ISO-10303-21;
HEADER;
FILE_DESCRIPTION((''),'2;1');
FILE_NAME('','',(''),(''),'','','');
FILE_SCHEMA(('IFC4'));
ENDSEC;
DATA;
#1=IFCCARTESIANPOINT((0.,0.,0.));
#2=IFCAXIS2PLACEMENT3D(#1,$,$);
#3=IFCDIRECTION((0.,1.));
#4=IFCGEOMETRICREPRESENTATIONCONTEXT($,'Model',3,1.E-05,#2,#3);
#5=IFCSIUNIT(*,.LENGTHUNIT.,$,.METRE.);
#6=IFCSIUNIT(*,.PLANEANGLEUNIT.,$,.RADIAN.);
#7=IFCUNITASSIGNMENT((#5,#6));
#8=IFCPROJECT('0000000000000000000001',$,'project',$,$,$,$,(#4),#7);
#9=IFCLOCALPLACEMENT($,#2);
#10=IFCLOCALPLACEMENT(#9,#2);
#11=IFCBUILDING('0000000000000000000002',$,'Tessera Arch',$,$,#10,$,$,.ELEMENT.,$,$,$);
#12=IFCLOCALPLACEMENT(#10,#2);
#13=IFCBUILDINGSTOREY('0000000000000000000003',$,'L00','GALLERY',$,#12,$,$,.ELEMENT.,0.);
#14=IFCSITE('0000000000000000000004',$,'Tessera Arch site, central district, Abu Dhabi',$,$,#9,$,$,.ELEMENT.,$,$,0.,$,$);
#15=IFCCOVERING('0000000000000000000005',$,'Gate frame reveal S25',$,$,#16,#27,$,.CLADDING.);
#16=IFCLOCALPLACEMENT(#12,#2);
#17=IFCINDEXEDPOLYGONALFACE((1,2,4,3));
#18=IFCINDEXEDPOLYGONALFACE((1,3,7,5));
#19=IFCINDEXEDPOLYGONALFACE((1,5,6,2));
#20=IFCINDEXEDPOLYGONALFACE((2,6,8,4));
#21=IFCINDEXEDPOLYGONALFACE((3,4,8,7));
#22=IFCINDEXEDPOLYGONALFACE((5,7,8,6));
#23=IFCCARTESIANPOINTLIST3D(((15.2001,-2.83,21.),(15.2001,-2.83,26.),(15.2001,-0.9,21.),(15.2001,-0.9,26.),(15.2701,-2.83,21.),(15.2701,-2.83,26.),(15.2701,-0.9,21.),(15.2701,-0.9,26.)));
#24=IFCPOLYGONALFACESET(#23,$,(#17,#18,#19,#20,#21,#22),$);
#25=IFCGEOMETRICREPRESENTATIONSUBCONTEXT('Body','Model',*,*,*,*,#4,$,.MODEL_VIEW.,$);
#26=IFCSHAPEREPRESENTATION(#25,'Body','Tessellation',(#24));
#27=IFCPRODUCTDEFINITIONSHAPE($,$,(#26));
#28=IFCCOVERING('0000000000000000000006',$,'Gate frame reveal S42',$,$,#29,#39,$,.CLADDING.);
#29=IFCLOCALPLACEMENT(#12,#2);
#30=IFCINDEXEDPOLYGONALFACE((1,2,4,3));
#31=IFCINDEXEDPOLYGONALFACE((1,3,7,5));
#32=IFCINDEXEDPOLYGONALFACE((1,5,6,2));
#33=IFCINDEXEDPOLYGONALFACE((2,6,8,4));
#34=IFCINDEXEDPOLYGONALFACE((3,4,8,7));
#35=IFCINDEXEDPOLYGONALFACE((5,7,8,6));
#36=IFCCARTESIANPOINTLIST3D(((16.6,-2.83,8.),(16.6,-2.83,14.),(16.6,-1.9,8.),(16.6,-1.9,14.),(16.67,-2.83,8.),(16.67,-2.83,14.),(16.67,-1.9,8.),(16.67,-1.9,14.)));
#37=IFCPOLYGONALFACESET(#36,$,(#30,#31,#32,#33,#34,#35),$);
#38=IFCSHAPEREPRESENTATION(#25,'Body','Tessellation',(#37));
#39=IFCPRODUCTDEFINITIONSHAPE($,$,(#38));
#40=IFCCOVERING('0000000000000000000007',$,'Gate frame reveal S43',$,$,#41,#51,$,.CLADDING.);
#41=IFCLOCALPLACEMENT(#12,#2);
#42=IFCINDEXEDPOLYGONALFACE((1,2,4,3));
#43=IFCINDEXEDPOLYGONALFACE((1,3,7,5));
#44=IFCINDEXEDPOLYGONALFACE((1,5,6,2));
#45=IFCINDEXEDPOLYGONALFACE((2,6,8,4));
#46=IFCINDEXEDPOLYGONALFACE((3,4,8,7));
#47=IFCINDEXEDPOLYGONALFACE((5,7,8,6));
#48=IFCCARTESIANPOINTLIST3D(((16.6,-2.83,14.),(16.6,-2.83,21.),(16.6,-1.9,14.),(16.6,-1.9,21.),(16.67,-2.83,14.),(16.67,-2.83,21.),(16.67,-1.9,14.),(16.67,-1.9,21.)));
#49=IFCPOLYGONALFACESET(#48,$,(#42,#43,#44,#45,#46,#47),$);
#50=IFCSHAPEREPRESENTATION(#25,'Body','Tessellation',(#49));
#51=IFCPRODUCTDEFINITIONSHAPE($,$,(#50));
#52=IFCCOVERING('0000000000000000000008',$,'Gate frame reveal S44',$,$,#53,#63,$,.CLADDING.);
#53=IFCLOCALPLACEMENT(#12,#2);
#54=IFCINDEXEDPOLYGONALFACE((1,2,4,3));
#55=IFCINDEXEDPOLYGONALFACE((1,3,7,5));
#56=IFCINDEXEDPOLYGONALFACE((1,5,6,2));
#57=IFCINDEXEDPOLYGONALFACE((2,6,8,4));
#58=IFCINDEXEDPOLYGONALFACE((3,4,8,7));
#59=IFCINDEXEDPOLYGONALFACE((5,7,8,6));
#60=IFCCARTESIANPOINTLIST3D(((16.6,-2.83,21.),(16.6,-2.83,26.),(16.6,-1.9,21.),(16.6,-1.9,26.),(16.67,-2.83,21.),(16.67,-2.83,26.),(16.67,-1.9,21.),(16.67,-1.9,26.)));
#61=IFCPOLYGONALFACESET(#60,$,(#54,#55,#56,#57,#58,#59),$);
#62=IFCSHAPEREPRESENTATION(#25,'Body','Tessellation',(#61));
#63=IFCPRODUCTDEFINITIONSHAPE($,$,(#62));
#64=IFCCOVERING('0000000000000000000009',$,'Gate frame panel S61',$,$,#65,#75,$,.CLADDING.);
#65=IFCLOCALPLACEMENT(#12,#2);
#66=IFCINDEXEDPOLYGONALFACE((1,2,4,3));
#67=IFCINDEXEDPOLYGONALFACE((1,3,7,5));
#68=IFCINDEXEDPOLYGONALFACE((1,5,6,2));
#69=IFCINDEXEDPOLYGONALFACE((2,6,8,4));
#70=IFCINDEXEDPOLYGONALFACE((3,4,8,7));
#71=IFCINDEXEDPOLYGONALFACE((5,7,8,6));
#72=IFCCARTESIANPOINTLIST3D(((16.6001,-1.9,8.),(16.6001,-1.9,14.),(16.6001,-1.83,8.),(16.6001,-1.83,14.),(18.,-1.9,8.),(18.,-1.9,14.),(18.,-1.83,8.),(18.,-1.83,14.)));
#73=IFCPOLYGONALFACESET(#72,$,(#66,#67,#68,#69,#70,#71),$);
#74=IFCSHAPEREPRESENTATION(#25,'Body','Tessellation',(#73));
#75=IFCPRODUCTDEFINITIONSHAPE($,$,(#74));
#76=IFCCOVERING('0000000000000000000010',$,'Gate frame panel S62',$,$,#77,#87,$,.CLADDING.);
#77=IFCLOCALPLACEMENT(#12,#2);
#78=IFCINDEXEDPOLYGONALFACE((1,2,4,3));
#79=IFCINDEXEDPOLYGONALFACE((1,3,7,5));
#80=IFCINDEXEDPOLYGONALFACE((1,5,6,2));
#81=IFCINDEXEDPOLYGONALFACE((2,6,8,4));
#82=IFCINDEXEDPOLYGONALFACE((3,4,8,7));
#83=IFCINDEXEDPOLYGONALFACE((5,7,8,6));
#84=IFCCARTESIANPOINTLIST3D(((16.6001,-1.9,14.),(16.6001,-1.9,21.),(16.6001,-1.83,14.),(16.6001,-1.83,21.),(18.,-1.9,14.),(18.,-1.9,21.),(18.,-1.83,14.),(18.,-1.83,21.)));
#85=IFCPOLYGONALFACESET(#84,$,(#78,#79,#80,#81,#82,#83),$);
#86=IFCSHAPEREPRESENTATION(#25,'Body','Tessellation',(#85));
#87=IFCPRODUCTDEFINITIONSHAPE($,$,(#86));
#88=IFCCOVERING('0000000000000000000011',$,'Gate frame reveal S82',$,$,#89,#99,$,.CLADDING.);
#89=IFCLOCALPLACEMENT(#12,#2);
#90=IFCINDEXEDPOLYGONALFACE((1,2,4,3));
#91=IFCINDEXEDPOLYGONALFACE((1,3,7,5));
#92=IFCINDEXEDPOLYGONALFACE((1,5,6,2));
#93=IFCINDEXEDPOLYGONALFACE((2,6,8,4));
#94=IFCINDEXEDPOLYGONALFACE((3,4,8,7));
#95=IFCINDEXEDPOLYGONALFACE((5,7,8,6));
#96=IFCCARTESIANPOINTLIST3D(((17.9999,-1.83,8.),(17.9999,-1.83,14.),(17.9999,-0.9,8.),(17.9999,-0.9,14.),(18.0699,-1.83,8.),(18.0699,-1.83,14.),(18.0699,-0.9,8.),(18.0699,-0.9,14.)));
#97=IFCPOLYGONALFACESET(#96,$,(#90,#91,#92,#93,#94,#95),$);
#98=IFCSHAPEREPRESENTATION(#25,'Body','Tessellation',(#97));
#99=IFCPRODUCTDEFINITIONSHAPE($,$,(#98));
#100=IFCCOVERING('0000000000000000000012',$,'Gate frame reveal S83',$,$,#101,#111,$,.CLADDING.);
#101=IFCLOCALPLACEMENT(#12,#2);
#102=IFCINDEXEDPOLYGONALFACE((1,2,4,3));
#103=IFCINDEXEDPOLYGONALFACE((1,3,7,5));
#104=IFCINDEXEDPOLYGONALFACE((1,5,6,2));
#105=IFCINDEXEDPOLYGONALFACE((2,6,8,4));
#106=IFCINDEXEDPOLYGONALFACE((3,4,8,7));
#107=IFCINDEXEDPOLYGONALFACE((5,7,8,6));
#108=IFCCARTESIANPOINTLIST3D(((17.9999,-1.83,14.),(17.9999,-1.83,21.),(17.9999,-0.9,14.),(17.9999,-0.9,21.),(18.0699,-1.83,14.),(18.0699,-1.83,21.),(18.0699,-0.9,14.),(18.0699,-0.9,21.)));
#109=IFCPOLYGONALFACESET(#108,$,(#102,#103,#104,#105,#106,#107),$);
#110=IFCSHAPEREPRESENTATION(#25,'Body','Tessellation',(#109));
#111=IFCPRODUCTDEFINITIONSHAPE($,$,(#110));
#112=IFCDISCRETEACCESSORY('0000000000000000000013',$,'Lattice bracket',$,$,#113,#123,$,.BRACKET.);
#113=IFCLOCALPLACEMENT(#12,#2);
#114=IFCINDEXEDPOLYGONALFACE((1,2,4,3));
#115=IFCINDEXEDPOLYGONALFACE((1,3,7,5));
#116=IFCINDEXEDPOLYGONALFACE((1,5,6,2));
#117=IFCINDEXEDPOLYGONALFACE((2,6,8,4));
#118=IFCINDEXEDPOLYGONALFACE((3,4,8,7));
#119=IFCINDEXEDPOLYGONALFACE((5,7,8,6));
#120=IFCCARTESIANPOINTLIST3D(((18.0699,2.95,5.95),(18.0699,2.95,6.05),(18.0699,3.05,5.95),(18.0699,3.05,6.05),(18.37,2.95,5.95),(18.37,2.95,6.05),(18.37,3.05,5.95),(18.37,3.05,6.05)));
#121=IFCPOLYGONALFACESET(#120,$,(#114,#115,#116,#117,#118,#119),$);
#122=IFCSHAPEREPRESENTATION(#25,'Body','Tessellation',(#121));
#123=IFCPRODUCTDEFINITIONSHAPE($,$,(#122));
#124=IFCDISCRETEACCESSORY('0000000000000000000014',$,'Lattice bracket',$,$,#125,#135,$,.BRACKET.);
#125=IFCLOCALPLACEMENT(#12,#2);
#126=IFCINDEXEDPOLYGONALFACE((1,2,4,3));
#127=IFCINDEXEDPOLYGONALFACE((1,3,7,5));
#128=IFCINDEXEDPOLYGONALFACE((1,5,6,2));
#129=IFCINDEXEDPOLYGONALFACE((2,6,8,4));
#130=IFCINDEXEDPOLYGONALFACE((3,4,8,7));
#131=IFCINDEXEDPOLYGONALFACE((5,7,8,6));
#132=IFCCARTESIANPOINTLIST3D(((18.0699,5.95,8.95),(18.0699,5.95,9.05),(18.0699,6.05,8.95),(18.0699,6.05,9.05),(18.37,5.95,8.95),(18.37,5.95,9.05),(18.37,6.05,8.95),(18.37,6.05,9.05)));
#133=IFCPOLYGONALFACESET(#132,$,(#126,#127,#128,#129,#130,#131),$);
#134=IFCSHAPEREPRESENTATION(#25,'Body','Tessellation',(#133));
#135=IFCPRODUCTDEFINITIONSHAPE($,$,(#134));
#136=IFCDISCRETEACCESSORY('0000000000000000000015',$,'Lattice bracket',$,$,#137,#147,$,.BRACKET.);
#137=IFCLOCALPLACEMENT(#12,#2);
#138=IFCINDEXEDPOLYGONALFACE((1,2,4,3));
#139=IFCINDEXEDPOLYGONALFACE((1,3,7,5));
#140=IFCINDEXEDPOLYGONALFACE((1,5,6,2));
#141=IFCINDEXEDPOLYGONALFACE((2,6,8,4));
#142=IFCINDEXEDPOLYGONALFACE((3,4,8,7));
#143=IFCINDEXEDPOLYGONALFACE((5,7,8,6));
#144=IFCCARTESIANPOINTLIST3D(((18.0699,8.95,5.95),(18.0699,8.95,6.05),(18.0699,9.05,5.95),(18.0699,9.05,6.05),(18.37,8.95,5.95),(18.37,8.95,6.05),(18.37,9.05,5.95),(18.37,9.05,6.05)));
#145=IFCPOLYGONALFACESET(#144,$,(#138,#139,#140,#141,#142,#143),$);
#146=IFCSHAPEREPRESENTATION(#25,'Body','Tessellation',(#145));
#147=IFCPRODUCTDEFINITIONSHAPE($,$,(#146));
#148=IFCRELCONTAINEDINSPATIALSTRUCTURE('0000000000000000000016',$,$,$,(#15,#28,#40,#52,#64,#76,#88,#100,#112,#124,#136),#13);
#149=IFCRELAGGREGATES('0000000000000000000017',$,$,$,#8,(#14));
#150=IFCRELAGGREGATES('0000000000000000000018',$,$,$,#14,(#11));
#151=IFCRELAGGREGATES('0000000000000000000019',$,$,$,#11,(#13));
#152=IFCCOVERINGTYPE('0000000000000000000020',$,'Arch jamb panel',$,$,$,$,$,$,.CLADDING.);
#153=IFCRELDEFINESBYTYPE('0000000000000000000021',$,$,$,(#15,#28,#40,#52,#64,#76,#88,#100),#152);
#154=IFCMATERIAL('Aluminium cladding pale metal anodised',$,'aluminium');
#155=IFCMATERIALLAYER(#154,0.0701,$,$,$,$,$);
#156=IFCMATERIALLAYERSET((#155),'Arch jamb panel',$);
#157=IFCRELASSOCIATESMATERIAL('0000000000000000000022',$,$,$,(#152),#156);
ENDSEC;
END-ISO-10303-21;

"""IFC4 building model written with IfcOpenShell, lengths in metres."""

from ifc_helpers import new_model, si_unit, direction, frame, origin, origin_2d, place, context, subcontext, project, spatial, rectangle, extrude, material, layer, layer_set, type_object, element, save


model = new_model("IFC4")

# Units and contexts
model_context = context("Model", 3, precision=1e-05, world=origin(), true_north=direction((0.0, 1.0)))
body_context = subcontext(model_context, "Body", "Model", "MODEL_VIEW")
ifc_project = project(units=[si_unit("LENGTHUNIT", "METRE"), si_unit("PLANEANGLEUNIT", "RADIAN")], contexts=[model_context])

# Site, building, storey
site_placement = place(None, origin())
site = spatial("IfcSite", under=ifc_project, at=site_placement, Name="Tessera Arch site, central district, Abu Dhabi", CompositionType="ELEMENT", RefElevation=0.0)
building_placement = place(site_placement, origin())
building = spatial("IfcBuilding", under=site, at=building_placement, Name="Tessera Arch", CompositionType="ELEMENT")
storey_placement = place(building_placement, origin())
storey = spatial("IfcBuildingStorey", under=building, at=storey_placement, Name="L00", Description="GALLERY", CompositionType="ELEMENT", Elevation=0.0)

# Coverings
ifc_material_1 = material(Name="Aluminium cladding pale metal anodised", Category="aluminium")
ifc_layer_1 = layer(ifc_material_1, 0.0701)
ifc_layer_set_1 = layer_set([ifc_layer_1], Name="Arch jamb panel")
covering_type = type_object("IfcCoveringType", Name="Arch jamb panel", PredefinedType="CLADDING", material=ifc_layer_set_1)
covering_1_placement = place(storey_placement, frame((15.2351, -1.865, 21.0), z_axis=(0.0, 0.0, 1.0), x_axis=(1.0, 0.0, 0.0)))
element("IfcCovering", 1, at=covering_1_placement, inside=storey, type_object=covering_type, Name="Gate frame reveal S25", PredefinedType="CLADDING", context=body_context, shape_type="SweptSolid", body=[
    extrude(rectangle(XDim=0.0701, YDim=1.9299, at=origin_2d()), origin(), (0.0, 0.0, 1.0), 5.0),
])
covering_2_placement = place(storey_placement, frame((16.635, -2.365, 8.0), z_axis=(0.0, 0.0, 1.0), x_axis=(1.0, 0.0, 0.0)))
element("IfcCovering", 2, at=covering_2_placement, inside=storey, type_object=covering_type, Name="Gate frame reveal S42", PredefinedType="CLADDING", context=body_context, shape_type="SweptSolid", body=[
    extrude(rectangle(XDim=0.0701, YDim=0.9299, at=origin_2d()), origin(), (0.0, 0.0, 1.0), 6.0),
])
covering_3_placement = place(storey_placement, frame((16.635, -2.365, 14.0), z_axis=(0.0, 0.0, 1.0), x_axis=(1.0, 0.0, 0.0)))
element("IfcCovering", 3, at=covering_3_placement, inside=storey, type_object=covering_type, Name="Gate frame reveal S43", PredefinedType="CLADDING", context=body_context, shape_type="SweptSolid", body=[
    extrude(rectangle(XDim=0.0701, YDim=0.9299, at=origin_2d()), origin(), (0.0, 0.0, 1.0), 7.0),
])
covering_4_placement = place(storey_placement, frame((16.635, -2.365, 21.0), z_axis=(0.0, 0.0, 1.0), x_axis=(1.0, 0.0, 0.0)))
element("IfcCovering", 4, at=covering_4_placement, inside=storey, type_object=covering_type, Name="Gate frame reveal S44", PredefinedType="CLADDING", context=body_context, shape_type="SweptSolid", body=[
    extrude(rectangle(XDim=0.0701, YDim=0.9299, at=origin_2d()), origin(), (0.0, 0.0, 1.0), 5.0),
])
covering_5_placement = place(storey_placement, frame((17.3, -1.865, 8.0), z_axis=(0.0, 0.0, 1.0), x_axis=(1.0, 0.0, 0.0)))
element("IfcCovering", 5, at=covering_5_placement, inside=storey, type_object=covering_type, Name="Gate frame panel S61", PredefinedType="CLADDING", context=body_context, shape_type="SweptSolid", body=[
    extrude(rectangle(XDim=1.3999, YDim=0.0701, at=origin_2d()), origin(), (0.0, 0.0, 1.0), 6.0),
])
covering_6_placement = place(storey_placement, frame((17.3, -1.865, 14.0), z_axis=(0.0, 0.0, 1.0), x_axis=(1.0, 0.0, 0.0)))
element("IfcCovering", 6, at=covering_6_placement, inside=storey, type_object=covering_type, Name="Gate frame panel S62", PredefinedType="CLADDING", context=body_context, shape_type="SweptSolid", body=[
    extrude(rectangle(XDim=1.3999, YDim=0.0701, at=origin_2d()), origin(), (0.0, 0.0, 1.0), 7.0),
])
covering_7_placement = place(storey_placement, frame((18.0349, -1.365, 8.0), z_axis=(0.0, 0.0, 1.0), x_axis=(1.0, 0.0, 0.0)))
element("IfcCovering", 7, at=covering_7_placement, inside=storey, type_object=covering_type, Name="Gate frame reveal S82", PredefinedType="CLADDING", context=body_context, shape_type="SweptSolid", body=[
    extrude(rectangle(XDim=0.0701, YDim=0.9299, at=origin_2d()), origin(), (0.0, 0.0, 1.0), 6.0),
])
covering_8_placement = place(storey_placement, frame((18.0349, -1.365, 14.0), z_axis=(0.0, 0.0, 1.0), x_axis=(1.0, 0.0, 0.0)))
element("IfcCovering", 8, at=covering_8_placement, inside=storey, type_object=covering_type, Name="Gate frame reveal S83", PredefinedType="CLADDING", context=body_context, shape_type="SweptSolid", body=[
    extrude(rectangle(XDim=0.0701, YDim=0.9299, at=origin_2d()), origin(), (0.0, 0.0, 1.0), 7.0),
])

# Discrete accessories
for number, where, z_axis, x_axis, name in (
    (9, (18.22, 3.0, 5.95), (0.0, 0.0, 1.0), (1.0, 0.0, 0.0), "Lattice bracket"),
    (10, (18.22, 6.0, 8.95), (0.0, 0.0, 1.0), (1.0, 0.0, 0.0), "Lattice bracket"),
    (11, (18.22, 9.0, 5.95), (0.0, 0.0, 1.0), (1.0, 0.0, 0.0), "Lattice bracket"),
):
    element("IfcDiscreteAccessory", number, at=place(storey_placement, frame(where, z_axis=z_axis, x_axis=x_axis)), inside=storey, Name=name, PredefinedType="BRACKET", context=body_context, shape_type="SweptSolid", body=[
        extrude(rectangle(XDim=0.3, YDim=0.1001, at=origin_2d()), origin(), (0.0, 0.0, 1.0), 0.1001),
    ])

save(model, "model.ifc")
